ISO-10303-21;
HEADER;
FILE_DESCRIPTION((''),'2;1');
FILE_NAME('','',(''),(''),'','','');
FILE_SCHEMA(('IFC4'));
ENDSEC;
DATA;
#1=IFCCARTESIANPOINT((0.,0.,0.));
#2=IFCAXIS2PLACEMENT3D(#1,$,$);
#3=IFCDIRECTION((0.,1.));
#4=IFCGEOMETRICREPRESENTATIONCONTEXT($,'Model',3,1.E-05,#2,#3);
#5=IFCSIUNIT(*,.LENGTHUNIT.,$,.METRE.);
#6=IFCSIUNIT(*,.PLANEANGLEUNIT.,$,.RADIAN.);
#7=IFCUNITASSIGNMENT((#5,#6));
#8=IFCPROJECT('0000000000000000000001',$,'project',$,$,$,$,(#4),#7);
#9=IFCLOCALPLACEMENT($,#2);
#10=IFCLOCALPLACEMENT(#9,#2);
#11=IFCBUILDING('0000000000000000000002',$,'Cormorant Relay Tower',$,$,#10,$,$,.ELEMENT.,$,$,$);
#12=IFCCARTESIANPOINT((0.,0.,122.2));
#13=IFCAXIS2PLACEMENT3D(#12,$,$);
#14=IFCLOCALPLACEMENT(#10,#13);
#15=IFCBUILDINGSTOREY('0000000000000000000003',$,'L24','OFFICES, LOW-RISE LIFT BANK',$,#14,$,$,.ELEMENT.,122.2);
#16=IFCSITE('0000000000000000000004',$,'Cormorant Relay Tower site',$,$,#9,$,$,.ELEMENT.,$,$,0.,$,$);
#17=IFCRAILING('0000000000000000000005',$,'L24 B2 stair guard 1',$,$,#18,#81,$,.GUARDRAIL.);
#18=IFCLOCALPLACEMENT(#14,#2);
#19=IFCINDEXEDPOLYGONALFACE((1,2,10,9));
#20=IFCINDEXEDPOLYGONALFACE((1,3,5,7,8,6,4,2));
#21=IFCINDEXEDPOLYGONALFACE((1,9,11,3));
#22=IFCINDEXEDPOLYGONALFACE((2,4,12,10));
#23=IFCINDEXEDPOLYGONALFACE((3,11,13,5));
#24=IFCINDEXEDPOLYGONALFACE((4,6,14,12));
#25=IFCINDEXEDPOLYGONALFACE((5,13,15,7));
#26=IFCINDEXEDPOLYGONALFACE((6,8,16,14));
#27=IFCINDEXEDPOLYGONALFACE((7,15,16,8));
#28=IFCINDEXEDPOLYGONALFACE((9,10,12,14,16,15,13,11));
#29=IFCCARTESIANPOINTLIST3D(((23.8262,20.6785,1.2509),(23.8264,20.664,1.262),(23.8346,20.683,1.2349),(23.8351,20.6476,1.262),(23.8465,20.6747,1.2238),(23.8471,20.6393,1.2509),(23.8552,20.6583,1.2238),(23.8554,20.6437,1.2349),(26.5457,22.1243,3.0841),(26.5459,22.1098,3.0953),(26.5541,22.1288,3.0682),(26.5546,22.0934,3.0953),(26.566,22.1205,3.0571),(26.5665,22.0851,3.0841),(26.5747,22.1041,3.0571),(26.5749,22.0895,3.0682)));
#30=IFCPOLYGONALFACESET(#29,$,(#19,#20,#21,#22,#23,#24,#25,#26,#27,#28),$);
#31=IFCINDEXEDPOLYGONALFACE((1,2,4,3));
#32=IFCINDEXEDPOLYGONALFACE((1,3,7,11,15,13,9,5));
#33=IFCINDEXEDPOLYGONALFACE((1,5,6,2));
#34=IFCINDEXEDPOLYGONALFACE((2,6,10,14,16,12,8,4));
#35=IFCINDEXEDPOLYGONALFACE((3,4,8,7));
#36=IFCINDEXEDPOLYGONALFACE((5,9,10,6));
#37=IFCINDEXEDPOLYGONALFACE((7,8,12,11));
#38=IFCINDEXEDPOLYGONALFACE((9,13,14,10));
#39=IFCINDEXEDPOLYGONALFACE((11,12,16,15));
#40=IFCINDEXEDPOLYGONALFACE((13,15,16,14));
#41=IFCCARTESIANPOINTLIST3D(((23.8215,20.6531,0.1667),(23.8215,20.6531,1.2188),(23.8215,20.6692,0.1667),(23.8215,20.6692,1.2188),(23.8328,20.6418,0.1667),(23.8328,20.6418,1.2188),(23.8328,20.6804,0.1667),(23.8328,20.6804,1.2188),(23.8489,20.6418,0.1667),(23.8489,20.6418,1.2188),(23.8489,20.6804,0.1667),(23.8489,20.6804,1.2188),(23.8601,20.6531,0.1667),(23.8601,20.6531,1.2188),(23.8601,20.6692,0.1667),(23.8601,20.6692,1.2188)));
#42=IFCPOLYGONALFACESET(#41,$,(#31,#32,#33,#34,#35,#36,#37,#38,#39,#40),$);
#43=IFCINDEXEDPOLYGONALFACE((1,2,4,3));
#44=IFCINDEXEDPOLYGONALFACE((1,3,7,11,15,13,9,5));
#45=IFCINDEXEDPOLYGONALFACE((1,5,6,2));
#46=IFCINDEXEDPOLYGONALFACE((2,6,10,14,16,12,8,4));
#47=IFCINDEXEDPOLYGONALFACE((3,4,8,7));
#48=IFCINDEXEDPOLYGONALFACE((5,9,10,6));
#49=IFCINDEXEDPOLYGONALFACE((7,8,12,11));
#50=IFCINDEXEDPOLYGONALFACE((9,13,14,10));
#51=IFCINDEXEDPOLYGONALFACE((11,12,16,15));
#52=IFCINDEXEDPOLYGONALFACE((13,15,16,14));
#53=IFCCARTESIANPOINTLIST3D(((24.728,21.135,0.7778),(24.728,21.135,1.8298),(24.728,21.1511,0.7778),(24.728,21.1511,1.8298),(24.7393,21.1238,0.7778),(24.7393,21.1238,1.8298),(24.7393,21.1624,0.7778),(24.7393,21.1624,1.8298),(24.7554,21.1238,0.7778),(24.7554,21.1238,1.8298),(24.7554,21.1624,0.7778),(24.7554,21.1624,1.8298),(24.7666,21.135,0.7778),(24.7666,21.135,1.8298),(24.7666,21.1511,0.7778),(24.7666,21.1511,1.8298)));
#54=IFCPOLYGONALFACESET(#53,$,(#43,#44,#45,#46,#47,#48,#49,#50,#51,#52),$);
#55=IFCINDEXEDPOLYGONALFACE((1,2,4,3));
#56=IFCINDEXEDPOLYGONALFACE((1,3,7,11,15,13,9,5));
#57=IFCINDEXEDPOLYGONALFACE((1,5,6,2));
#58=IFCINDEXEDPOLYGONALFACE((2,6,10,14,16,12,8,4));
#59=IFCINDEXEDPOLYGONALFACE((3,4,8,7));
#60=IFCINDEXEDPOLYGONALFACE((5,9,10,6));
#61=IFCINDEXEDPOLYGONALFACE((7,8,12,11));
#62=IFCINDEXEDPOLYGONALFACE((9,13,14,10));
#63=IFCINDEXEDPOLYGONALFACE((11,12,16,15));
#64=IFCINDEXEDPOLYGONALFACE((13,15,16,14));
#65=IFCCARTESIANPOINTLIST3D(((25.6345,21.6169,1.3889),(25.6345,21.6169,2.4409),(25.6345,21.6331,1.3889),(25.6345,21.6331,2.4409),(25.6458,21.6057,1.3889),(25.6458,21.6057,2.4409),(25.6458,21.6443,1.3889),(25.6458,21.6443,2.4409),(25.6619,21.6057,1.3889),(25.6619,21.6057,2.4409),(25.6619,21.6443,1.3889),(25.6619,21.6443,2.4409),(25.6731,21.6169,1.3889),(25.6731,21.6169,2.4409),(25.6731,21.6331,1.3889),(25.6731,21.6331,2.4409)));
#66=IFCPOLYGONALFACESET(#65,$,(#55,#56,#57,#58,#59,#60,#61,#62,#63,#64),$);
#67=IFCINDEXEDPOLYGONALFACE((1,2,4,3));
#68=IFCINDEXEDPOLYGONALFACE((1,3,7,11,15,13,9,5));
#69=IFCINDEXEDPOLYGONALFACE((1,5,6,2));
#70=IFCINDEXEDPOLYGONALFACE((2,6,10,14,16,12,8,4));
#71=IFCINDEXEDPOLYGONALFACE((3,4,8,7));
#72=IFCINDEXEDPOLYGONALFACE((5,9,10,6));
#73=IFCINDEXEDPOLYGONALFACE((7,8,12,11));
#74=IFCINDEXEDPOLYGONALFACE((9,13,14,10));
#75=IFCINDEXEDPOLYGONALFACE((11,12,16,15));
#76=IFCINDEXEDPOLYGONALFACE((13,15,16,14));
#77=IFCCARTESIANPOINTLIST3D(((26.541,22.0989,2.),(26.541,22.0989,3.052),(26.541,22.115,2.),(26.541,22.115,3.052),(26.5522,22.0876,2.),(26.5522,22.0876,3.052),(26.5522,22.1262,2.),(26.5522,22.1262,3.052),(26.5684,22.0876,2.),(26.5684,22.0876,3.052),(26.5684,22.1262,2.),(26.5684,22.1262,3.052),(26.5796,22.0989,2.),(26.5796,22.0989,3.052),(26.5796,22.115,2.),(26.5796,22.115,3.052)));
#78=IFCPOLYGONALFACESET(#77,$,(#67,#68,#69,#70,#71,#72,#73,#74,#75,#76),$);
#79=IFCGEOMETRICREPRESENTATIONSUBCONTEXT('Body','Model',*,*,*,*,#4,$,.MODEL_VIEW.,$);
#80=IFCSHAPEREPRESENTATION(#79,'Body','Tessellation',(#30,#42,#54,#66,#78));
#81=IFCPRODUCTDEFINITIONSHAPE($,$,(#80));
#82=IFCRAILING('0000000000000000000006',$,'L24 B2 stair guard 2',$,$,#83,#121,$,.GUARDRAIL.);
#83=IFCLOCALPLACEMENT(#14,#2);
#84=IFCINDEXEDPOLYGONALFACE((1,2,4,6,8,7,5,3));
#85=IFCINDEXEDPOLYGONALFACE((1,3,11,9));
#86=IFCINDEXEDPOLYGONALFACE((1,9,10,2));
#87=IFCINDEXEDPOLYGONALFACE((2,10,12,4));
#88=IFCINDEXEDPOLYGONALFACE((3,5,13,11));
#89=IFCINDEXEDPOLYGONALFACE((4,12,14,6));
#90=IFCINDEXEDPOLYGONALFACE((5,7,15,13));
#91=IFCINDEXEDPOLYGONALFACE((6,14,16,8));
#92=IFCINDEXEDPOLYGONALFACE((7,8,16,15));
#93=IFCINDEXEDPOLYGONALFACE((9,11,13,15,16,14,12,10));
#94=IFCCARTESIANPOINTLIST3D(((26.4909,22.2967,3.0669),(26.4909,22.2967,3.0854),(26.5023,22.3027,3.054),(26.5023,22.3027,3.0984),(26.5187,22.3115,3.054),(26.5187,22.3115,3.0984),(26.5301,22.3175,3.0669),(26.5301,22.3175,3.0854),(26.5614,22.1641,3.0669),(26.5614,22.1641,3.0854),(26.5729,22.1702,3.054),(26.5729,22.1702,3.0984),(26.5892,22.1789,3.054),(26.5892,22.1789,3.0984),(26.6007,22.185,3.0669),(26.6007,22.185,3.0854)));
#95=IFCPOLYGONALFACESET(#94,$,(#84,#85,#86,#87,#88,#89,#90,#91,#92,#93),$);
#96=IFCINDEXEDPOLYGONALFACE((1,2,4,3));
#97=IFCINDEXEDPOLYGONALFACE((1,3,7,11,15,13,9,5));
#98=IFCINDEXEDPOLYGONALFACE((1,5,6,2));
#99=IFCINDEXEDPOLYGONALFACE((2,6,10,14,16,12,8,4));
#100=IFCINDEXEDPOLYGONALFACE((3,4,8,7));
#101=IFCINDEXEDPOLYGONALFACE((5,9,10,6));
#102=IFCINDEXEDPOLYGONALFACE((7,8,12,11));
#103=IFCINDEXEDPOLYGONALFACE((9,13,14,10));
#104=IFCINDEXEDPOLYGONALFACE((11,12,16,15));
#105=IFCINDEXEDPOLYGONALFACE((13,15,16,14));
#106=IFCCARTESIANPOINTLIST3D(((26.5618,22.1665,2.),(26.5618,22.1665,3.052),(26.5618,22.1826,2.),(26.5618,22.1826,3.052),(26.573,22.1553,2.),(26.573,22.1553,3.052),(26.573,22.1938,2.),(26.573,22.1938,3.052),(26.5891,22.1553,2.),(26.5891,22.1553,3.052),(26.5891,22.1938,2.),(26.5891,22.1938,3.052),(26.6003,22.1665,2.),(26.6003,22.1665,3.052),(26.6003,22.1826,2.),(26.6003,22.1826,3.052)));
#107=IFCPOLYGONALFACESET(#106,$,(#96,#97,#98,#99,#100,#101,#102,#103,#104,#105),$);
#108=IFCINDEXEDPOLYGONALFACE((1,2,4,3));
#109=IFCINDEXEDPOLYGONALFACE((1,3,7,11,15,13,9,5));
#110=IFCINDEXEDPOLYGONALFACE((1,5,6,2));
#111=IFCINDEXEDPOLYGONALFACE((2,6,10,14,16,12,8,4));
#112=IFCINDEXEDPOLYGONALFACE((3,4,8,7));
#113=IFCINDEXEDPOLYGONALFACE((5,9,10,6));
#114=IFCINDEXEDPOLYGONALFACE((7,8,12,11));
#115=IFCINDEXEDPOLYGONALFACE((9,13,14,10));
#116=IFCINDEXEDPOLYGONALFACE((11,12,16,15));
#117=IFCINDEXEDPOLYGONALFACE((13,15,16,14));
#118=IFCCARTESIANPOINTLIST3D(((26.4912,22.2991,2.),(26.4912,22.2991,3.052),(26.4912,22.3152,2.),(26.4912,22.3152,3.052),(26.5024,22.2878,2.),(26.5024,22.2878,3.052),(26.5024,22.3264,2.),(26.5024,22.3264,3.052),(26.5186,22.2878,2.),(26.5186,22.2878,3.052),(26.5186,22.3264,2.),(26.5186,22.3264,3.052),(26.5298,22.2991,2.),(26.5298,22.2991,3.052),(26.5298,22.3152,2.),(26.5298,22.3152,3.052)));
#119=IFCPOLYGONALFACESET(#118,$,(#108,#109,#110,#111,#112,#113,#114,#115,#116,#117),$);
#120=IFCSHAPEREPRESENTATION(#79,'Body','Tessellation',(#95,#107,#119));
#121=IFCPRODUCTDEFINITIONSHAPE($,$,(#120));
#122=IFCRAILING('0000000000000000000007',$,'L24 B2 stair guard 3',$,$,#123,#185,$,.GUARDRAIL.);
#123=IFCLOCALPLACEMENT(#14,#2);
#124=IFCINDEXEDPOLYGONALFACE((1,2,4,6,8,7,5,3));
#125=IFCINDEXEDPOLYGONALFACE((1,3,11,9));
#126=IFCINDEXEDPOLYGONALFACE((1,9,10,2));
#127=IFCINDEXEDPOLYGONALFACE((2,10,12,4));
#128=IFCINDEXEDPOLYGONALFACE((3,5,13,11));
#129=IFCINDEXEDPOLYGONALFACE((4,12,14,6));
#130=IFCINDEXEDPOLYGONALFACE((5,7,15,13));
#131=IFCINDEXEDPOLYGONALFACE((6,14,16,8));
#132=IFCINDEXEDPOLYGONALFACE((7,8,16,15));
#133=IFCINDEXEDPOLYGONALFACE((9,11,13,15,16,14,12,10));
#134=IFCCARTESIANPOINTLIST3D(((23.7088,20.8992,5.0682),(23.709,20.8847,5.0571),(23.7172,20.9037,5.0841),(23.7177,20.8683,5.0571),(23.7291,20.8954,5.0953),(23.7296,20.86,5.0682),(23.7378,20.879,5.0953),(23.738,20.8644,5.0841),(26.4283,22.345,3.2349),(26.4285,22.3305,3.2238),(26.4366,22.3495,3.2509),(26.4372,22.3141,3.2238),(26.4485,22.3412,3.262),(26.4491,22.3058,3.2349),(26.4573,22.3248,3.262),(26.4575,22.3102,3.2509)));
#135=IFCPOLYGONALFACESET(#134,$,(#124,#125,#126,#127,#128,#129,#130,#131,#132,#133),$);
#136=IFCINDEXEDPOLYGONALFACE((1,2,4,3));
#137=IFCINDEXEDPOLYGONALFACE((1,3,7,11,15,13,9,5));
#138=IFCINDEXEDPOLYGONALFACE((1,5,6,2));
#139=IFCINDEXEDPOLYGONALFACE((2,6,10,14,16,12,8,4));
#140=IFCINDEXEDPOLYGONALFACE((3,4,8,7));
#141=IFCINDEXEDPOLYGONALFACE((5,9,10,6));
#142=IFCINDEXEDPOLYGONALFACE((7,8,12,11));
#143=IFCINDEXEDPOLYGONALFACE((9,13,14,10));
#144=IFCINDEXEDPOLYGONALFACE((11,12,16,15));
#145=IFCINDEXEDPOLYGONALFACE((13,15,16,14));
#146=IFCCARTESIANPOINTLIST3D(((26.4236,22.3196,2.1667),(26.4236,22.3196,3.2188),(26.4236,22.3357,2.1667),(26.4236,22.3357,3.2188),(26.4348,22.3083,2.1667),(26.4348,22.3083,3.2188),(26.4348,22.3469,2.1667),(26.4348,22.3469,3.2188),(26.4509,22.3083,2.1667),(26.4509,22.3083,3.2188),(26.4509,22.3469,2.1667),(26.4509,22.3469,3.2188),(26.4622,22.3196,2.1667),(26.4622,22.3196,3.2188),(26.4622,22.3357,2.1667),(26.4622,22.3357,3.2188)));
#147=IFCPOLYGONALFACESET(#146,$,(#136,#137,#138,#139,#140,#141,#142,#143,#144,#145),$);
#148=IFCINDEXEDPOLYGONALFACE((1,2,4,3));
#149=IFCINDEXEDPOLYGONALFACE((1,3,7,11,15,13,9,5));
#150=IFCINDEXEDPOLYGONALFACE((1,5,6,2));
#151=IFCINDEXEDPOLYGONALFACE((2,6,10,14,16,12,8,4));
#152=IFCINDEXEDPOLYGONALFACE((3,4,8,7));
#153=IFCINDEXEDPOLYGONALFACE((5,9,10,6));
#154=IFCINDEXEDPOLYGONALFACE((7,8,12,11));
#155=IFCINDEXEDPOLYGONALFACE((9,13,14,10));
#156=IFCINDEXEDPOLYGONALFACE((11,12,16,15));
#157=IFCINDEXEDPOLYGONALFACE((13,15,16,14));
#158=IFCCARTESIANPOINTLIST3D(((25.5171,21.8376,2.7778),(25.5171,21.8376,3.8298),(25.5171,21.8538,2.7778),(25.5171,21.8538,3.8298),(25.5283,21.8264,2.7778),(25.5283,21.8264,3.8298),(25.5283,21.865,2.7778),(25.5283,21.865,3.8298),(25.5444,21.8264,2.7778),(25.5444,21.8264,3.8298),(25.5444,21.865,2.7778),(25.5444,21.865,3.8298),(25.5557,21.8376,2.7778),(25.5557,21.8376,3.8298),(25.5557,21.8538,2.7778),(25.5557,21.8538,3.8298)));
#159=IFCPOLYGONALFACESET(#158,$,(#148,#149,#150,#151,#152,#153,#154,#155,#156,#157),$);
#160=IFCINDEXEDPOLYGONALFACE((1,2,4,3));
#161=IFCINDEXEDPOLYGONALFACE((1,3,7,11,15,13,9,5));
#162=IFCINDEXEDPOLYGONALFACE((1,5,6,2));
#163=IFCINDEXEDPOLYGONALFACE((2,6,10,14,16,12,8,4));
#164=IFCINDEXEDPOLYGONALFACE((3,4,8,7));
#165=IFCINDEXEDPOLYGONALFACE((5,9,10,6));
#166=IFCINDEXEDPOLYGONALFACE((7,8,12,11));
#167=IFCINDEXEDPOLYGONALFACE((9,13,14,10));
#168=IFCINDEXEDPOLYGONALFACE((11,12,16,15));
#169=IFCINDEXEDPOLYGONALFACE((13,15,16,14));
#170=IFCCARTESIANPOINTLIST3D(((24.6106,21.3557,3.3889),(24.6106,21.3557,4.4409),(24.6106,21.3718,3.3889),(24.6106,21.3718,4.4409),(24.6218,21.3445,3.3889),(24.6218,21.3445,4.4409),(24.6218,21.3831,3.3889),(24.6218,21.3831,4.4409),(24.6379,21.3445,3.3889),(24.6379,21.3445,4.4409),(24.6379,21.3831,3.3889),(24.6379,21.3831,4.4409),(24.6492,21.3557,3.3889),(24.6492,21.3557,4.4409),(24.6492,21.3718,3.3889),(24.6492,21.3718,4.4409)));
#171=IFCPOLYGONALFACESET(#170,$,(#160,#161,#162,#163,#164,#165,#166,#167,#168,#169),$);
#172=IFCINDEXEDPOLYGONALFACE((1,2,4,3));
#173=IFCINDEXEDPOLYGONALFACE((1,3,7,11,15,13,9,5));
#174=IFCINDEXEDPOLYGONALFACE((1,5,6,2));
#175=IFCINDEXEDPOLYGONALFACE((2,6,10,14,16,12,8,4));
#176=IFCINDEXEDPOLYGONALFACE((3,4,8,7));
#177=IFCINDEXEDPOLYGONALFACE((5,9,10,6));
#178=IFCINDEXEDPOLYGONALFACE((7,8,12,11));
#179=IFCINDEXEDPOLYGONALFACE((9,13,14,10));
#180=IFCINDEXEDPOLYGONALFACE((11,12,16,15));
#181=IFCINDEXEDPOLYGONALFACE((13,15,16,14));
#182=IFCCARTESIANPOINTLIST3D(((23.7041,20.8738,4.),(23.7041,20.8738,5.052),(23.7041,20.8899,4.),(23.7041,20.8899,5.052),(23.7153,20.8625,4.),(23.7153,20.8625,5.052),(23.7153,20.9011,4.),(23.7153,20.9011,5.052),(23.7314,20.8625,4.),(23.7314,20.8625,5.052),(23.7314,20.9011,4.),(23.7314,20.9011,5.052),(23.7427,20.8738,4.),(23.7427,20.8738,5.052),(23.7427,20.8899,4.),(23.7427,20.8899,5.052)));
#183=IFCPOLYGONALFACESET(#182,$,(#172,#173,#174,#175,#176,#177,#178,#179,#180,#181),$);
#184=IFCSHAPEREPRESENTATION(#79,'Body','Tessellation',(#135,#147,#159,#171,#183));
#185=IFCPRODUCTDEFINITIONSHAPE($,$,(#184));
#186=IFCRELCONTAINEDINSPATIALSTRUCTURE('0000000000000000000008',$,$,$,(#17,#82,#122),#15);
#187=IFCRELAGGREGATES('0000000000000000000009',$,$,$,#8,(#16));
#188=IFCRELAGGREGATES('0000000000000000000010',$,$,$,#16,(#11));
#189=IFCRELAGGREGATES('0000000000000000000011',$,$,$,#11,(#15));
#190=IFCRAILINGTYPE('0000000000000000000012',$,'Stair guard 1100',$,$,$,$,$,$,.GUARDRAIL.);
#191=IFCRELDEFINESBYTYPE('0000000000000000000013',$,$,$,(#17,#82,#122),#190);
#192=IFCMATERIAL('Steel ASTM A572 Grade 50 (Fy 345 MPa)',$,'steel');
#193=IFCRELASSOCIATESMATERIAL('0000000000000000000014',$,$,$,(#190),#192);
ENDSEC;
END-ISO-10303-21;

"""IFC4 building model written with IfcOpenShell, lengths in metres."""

from ifc_helpers import new_model, si_unit, direction, frame, origin, place, context, subcontext, project, spatial, polyline, outline, extrude, material, type_object, element, save


model = new_model("IFC4")

# Units and contexts
model_context = context("Model", 3, precision=1e-05, world=origin(), true_north=direction((0.0, 1.0)))
body_context = subcontext(model_context, "Body", "Model", "MODEL_VIEW")
ifc_project = project(units=[si_unit("LENGTHUNIT", "METRE"), si_unit("PLANEANGLEUNIT", "RADIAN")], contexts=[model_context])

# Site, building, storey
site_placement = place(None, origin())
site = spatial("IfcSite", under=ifc_project, at=site_placement, Name="Cormorant Relay Tower site", CompositionType="ELEMENT", RefElevation=0.0)
building_placement = place(site_placement, origin())
building = spatial("IfcBuilding", under=site, at=building_placement, Name="Cormorant Relay Tower", CompositionType="ELEMENT")
storey_placement = place(building_placement, frame((0.0, 0.0, 122.2)))
storey = spatial("IfcBuildingStorey", under=building, at=storey_placement, Name="L24", Description="OFFICES, LOW-RISE LIFT BANK", CompositionType="ELEMENT", Elevation=122.2)

# Railings
ifc_material_1 = material(Name="Steel ASTM A572 Grade 50 (Fy 345 MPa)", Category="steel")
railing_type_1 = type_object("IfcRailingType", Name="Stair guard 1100", PredefinedType="GUARDRAIL", material=ifc_material_1)
railing_1_placement = place(storey_placement, frame((23.8408, 20.6611, 0.1667)))
element("IfcRailing", 1, at=railing_1_placement, inside=storey, type_object=railing_type_1, Name="L24 B2 stair guard 1", PredefinedType="GUARDRAIL", context=body_context, shape_type="SweptSolid", body=[
    extrude(outline(polyline([(0.0222, 0.0093), (0.0093, 0.0222), (-0.0093, 0.0222), (-0.0222, 0.0093), (-0.0222, -0.0093), (-0.0093, -0.0222), (0.0093, -0.0222), (0.0222, -0.0093), (0.0222, 0.0093)])), frame((0.0, 0.0, 1.0762), z_axis=(0.758735, 0.403378, 0.511477), x_axis=(-0.469428, 0.882971, 0.0)), (0.0, 0.0, 1.0), 3.5842),
    extrude(outline(polyline([(0.0193, 0.0081), (0.0081, 0.0193), (-0.0081, 0.0193), (-0.0193, 0.0081), (-0.0193, -0.0081), (-0.0081, -0.0193), (0.0081, -0.0193), (0.0193, -0.0081), (0.0193, 0.0081)])), origin(), (0.0, 0.0, 1.0), 1.052),
    extrude(outline(polyline([(0.0193, 0.0081), (0.0081, 0.0193), (-0.0081, 0.0193), (-0.0193, 0.0081), (-0.0193, -0.0081), (-0.0081, -0.0193), (0.0081, -0.0193), (0.0193, -0.0081), (0.0193, 0.0081)])), frame((0.9065, 0.4819, 0.6111)), (0.0, 0.0, 1.0), 1.052),
    extrude(outline(polyline([(0.0193, 0.0081), (0.0081, 0.0193), (-0.0081, 0.0193), (-0.0193, 0.0081), (-0.0193, -0.0081), (-0.0081, -0.0193), (0.0081, -0.0193), (0.0193, -0.0081), (0.0193, 0.0081)])), frame((1.813, 0.9639, 1.2222)), (0.0, 0.0, 1.0), 1.052),
    extrude(outline(polyline([(0.0193, 0.0081), (0.0081, 0.0193), (-0.0081, 0.0193), (-0.0193, 0.0081), (-0.0193, -0.0081), (-0.0081, -0.0193), (0.0081, -0.0193), (0.0193, -0.0081), (0.0193, 0.0081)])), frame((2.7195, 1.4458, 1.8333)), (0.0, 0.0, 1.0), 1.052),
])
railing_2_placement = place(storey_placement, frame((26.5811, 22.1746, 2.0)))
element("IfcRailing", 2, at=railing_2_placement, inside=storey, type_object=railing_type_1, Name="L24 B2 stair guard 2", PredefinedType="GUARDRAIL", context=body_context, shape_type="SweptSolid", body=[
    extrude(outline(polyline([(0.0222, 0.0093), (0.0093, 0.0222), (-0.0093, 0.0222), (-0.0222, 0.0093), (-0.0222, -0.0093), (-0.0093, -0.0222), (0.0093, -0.0222), (0.0222, -0.0093), (0.0222, 0.0093)])), frame((0.0, 0.0, 1.0762), z_axis=(-0.469829, 0.882758, 0.0), x_axis=(-0.882758, -0.469829, 0.0)), (0.0, 0.0, 1.0), 0.1501),
    extrude(outline(polyline([(0.0193, 0.0081), (0.0081, 0.0193), (-0.0081, 0.0193), (-0.0193, 0.0081), (-0.0193, -0.0081), (-0.0081, -0.0193), (0.0081, -0.0193), (0.0193, -0.0081), (0.0193, 0.0081)])), origin(), (0.0, 0.0, 1.0), 1.052),
    extrude(outline(polyline([(0.0193, 0.0081), (0.0081, 0.0193), (-0.0081, 0.0193), (-0.0193, 0.0081), (-0.0193, -0.0081), (-0.0081, -0.0193), (0.0081, -0.0193), (0.0193, -0.0081), (0.0193, 0.0081)])), frame((-0.0706, 0.1326, 0.0)), (0.0, 0.0, 1.0), 1.052),
])
railing_3_placement = place(storey_placement, frame((26.4429, 22.3276, 2.1667)))
element("IfcRailing", 3, at=railing_3_placement, inside=storey, type_object=railing_type_1, Name="L24 B2 stair guard 3", PredefinedType="GUARDRAIL", context=body_context, shape_type="SweptSolid", body=[
    extrude(outline(polyline([(0.0222, 0.0093), (0.0093, 0.0222), (-0.0093, 0.0222), (-0.0222, 0.0093), (-0.0222, -0.0093), (-0.0093, -0.0222), (0.0093, -0.0222), (0.0222, -0.0093), (0.0222, 0.0093)])), frame((0.0, 0.0, 1.0762), z_axis=(-0.758735, -0.403378, 0.511477), x_axis=(0.469428, -0.882971, 0.0)), (0.0, 0.0, 1.0), 3.5842),
    extrude(outline(polyline([(0.0193, 0.0081), (0.0081, 0.0193), (-0.0081, 0.0193), (-0.0193, 0.0081), (-0.0193, -0.0081), (-0.0081, -0.0193), (0.0081, -0.0193), (0.0193, -0.0081), (0.0193, 0.0081)])), origin(), (0.0, 0.0, 1.0), 1.052),
    extrude(outline(polyline([(0.0193, 0.0081), (0.0081, 0.0193), (-0.0081, 0.0193), (-0.0193, 0.0081), (-0.0193, -0.0081), (-0.0081, -0.0193), (0.0081, -0.0193), (0.0193, -0.0081), (0.0193, 0.0081)])), frame((-0.9065, -0.4819, 0.6111)), (0.0, 0.0, 1.0), 1.052),
    extrude(outline(polyline([(0.0193, 0.0081), (0.0081, 0.0193), (-0.0081, 0.0193), (-0.0193, 0.0081), (-0.0193, -0.0081), (-0.0081, -0.0193), (0.0081, -0.0193), (0.0193, -0.0081), (0.0193, 0.0081)])), frame((-1.813, -0.9639, 1.2222)), (0.0, 0.0, 1.0), 1.052),
    extrude(outline(polyline([(0.0193, 0.0081), (0.0081, 0.0193), (-0.0081, 0.0193), (-0.0193, 0.0081), (-0.0193, -0.0081), (-0.0081, -0.0193), (0.0081, -0.0193), (0.0193, -0.0081), (0.0193, 0.0081)])), frame((-2.7195, -1.4458, 1.8333)), (0.0, 0.0, 1.0), 1.052),
])

save(model, "model.ifc")
